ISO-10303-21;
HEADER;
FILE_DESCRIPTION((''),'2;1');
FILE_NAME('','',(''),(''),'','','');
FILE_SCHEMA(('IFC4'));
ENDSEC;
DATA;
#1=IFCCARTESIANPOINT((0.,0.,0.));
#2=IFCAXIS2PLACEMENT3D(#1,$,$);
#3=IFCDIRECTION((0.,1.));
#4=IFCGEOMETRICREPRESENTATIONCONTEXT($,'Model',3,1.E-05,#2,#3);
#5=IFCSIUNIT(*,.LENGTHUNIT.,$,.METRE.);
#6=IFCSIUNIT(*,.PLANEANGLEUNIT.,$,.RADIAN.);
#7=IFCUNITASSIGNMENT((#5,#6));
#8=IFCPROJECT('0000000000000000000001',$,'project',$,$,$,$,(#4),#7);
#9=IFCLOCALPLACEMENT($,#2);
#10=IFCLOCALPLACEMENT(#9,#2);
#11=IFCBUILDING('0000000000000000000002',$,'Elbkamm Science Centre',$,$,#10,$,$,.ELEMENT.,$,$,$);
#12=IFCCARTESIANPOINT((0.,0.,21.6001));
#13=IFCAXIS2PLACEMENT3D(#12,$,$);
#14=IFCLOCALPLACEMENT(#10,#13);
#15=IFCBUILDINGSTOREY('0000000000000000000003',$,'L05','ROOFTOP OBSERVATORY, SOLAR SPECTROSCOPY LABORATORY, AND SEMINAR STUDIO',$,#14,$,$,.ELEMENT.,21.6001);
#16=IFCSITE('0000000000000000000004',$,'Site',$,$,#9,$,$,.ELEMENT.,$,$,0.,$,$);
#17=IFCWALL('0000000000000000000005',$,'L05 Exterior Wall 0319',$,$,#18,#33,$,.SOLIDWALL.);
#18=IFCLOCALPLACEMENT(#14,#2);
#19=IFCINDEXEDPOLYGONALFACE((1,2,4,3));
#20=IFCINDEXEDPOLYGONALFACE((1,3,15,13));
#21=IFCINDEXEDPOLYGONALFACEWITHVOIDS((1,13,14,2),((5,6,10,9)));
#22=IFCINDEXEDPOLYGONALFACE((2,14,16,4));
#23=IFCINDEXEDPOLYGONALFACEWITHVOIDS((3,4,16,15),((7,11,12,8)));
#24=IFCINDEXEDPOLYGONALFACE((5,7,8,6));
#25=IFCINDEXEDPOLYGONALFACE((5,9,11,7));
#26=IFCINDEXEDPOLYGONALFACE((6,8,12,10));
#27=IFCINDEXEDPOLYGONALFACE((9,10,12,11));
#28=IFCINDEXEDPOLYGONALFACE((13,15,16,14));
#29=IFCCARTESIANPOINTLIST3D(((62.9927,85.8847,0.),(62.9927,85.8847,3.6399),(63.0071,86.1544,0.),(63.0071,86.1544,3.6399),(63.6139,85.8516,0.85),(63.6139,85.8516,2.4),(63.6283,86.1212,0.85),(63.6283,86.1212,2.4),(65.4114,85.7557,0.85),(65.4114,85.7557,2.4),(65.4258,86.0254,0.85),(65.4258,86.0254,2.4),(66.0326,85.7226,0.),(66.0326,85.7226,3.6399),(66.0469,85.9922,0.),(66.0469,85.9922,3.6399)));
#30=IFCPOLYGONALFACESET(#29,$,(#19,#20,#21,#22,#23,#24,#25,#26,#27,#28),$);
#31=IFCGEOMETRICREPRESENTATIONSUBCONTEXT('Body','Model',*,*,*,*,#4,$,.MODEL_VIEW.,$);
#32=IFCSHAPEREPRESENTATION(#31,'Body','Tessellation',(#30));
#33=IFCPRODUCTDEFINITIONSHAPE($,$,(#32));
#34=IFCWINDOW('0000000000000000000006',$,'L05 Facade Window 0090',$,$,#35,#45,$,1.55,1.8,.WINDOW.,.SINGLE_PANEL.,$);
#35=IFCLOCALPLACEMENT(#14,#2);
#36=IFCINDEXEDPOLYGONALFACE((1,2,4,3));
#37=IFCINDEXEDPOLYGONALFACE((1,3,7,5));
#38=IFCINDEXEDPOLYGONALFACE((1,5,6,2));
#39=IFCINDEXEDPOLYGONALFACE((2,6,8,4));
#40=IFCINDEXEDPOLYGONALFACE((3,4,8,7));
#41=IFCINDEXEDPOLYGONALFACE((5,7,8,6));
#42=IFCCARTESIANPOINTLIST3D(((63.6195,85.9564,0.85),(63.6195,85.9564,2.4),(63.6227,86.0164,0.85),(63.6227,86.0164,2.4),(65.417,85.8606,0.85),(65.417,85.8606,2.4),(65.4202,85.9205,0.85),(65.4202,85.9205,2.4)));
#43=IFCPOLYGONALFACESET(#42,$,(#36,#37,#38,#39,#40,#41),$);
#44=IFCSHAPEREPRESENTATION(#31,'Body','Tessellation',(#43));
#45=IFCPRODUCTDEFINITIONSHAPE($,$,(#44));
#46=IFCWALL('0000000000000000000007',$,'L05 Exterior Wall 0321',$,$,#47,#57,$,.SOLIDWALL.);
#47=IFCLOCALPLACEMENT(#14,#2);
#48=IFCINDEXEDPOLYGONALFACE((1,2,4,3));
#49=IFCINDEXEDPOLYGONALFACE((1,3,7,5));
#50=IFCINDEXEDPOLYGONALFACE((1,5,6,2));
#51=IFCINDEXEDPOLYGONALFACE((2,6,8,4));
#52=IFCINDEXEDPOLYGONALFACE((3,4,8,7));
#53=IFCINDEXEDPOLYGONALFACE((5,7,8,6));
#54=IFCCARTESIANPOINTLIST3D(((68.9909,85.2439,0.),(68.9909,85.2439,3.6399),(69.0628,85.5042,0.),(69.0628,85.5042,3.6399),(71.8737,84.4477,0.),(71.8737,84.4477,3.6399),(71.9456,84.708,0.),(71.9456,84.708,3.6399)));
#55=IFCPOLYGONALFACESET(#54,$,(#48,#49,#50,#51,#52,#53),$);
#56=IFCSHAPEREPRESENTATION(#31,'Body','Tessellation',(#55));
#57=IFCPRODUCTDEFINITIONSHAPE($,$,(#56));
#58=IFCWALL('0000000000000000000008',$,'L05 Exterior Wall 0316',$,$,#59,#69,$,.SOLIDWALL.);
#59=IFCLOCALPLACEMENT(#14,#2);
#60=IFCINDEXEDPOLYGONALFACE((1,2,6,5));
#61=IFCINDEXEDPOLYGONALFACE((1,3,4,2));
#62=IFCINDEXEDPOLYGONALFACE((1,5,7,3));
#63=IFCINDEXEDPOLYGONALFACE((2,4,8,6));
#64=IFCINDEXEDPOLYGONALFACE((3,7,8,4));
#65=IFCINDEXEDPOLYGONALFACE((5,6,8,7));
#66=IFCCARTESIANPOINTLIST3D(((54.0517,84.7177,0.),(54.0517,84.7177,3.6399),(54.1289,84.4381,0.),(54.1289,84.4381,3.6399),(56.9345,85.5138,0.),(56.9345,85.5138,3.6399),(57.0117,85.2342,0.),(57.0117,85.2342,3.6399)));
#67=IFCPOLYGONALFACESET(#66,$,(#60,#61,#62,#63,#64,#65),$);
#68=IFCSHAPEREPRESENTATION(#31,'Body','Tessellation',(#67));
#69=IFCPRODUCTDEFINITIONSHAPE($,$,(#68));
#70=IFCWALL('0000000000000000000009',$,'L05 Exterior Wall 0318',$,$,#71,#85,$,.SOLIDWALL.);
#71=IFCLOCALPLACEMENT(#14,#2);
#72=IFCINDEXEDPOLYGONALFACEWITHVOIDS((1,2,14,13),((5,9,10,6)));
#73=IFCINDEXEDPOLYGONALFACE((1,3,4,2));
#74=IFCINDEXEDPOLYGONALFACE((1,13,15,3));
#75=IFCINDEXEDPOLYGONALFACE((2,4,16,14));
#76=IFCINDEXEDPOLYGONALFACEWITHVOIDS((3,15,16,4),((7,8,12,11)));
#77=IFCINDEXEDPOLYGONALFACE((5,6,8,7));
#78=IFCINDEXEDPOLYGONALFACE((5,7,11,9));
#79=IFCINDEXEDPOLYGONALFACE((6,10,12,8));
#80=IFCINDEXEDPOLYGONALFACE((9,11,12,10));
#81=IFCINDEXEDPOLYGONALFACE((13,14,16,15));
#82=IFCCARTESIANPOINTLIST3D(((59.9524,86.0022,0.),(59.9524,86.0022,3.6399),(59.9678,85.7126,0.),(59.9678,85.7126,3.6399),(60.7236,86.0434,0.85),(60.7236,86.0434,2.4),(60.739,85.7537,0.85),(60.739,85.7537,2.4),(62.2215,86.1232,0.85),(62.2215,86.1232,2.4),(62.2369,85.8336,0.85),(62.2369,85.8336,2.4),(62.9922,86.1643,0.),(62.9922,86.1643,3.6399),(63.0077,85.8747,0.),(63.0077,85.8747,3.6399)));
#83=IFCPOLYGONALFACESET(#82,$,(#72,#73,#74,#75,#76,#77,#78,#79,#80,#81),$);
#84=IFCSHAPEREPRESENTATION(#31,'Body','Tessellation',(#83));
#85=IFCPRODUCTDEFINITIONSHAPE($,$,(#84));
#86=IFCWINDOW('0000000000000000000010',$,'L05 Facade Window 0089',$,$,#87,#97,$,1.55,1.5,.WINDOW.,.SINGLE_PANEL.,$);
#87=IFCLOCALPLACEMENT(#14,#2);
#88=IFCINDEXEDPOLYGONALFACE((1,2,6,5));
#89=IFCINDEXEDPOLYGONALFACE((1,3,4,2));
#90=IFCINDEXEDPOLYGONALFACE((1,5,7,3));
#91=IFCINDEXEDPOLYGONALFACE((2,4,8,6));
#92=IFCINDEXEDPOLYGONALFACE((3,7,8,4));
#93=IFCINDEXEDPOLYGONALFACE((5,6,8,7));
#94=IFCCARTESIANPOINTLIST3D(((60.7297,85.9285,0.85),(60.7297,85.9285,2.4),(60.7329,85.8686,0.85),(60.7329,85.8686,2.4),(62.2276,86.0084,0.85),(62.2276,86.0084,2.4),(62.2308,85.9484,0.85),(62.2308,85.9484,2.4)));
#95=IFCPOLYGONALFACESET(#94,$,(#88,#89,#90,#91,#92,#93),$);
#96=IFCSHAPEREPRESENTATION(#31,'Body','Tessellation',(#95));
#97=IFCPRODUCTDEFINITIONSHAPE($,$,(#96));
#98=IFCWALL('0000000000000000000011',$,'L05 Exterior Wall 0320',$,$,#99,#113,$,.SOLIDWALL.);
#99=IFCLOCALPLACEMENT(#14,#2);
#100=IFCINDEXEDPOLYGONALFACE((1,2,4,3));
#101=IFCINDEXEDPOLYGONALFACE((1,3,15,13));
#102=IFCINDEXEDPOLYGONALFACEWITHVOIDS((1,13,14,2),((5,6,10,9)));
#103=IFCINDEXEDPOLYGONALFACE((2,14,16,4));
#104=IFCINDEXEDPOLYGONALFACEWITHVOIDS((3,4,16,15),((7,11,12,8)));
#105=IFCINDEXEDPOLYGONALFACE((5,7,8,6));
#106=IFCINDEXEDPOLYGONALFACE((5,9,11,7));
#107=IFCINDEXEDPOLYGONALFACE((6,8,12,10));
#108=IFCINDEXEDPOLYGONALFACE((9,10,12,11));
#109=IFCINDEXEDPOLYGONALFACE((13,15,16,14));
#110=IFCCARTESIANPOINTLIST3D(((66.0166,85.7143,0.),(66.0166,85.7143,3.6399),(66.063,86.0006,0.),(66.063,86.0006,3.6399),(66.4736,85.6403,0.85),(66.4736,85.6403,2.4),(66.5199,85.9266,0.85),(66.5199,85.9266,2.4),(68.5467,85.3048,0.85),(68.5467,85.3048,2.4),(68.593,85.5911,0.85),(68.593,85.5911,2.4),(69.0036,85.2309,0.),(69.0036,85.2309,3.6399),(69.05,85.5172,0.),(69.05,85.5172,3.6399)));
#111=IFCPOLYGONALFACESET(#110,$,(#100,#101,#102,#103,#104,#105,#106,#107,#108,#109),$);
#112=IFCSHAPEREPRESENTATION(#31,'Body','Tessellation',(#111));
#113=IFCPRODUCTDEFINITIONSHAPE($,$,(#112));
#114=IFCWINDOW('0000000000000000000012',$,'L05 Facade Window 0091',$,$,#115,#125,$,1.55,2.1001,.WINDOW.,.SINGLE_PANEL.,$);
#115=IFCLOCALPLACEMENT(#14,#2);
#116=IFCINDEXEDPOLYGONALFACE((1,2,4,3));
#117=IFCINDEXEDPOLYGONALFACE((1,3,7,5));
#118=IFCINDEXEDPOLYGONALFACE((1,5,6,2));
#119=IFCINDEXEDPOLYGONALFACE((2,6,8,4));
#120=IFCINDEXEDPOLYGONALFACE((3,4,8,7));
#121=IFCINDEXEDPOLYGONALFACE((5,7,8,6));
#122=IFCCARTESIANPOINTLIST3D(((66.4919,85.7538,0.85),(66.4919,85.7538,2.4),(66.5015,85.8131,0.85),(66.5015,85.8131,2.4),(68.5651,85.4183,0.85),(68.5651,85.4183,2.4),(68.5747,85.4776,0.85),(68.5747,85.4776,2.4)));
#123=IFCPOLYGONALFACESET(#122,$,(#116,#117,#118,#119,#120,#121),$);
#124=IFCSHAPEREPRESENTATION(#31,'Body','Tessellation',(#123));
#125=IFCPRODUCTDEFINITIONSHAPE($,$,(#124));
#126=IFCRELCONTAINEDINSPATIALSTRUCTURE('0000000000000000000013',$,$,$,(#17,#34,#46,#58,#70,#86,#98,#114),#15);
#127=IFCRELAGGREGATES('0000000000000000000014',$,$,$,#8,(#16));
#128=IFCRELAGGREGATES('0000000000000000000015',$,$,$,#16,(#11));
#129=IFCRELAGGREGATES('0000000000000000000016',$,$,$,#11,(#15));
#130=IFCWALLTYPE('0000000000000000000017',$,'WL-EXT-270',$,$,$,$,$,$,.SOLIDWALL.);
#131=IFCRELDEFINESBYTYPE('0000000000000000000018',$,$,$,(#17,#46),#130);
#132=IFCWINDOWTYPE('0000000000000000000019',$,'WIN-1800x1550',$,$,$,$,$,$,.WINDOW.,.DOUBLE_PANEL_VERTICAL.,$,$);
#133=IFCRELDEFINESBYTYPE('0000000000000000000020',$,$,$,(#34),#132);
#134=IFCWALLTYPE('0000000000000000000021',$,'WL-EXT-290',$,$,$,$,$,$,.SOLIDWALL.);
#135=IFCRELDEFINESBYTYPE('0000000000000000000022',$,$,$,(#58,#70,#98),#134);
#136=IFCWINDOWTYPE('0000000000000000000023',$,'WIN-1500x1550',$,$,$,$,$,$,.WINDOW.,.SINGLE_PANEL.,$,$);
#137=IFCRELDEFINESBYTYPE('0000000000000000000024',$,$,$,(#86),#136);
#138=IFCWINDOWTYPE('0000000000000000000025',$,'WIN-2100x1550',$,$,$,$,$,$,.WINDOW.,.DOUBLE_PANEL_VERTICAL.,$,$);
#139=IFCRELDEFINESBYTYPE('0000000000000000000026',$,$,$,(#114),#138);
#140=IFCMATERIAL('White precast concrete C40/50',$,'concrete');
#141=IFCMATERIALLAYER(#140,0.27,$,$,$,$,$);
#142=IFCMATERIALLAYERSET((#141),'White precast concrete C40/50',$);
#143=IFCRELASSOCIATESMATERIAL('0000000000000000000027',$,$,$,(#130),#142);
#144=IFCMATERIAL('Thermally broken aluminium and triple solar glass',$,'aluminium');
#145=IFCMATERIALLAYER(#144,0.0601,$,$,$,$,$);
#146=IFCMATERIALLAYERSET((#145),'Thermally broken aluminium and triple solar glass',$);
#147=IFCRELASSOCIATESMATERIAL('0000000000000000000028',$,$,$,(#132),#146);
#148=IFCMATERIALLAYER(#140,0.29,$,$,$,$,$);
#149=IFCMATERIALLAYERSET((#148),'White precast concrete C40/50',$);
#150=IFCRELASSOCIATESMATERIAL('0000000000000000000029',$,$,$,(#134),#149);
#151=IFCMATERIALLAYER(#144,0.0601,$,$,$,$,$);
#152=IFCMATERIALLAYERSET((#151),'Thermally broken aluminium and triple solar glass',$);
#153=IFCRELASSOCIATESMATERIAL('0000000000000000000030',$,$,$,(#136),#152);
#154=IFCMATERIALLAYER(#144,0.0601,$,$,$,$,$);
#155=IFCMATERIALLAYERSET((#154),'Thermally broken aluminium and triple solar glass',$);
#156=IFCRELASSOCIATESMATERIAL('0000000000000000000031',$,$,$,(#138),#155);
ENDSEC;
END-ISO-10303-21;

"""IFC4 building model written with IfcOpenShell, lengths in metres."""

from ifc_helpers import new_model, si_unit, direction, frame, frame_2d, origin, place, context, subcontext, project, spatial, rectangle, extrude, material, layer, layer_set, type_object, element, fill, save


model = new_model("IFC4")

# Units and contexts
model_context = context("Model", 3, precision=1e-05, world=origin(), true_north=direction((0.0, 1.0)))
body_context = subcontext(model_context, "Body", "Model", "MODEL_VIEW")
ifc_project = project(units=[si_unit("LENGTHUNIT", "METRE"), si_unit("PLANEANGLEUNIT", "RADIAN")], contexts=[model_context])

# Site, building, storey
site_placement = place(None, origin())
site = spatial("IfcSite", under=ifc_project, at=site_placement, Name="Site", CompositionType="ELEMENT", RefElevation=0.0)
building_placement = place(site_placement, origin())
building = spatial("IfcBuilding", under=site, at=building_placement, Name="Elbkamm Science Centre", CompositionType="ELEMENT")
storey_placement = place(building_placement, frame((0.0, 0.0, 21.6001)))
storey = spatial("IfcBuildingStorey", under=building, at=storey_placement, Name="L05", Description="ROOFTOP OBSERVATORY, SOLAR SPECTROSCOPY LABORATORY, AND SEMINAR STUDIO", CompositionType="ELEMENT", Elevation=21.6001)

# Shared definitions
ifc_material_1 = material(Name="White precast concrete C40/50", Category="concrete")
ifc_layer_1 = layer(ifc_material_1, 0.27)
ifc_layer_set_1 = layer_set([ifc_layer_1], Name="White precast concrete C40/50")
wall_type_1 = type_object("IfcWallType", Name="WL-EXT-270", PredefinedType="SOLIDWALL", material=ifc_layer_set_1)

# Wall, opening, window
ifc_material_2 = material(Name="Thermally broken aluminium and triple solar glass", Category="aluminium")
wall_1_placement = place(storey_placement, frame((63.0, 86.0195, 0.0), z_axis=(0.0, 0.0, 1.0), x_axis=(0.998581, -0.053253, 0.0)))
wall_1 = element("IfcWall", 1, at=wall_1_placement, inside=storey, type_object=wall_type_1, Name="L05 Exterior Wall 0319", PredefinedType="SOLIDWALL", context=body_context, shape_type="SweptSolid", body=[
    extrude(rectangle(XDim=3.0442, YDim=0.27, at=frame_2d((1.522, 0.0))), origin(), (0.0, 0.0, 1.0), 3.6399),
])
opening_1_placement = place(wall_1_placement, frame((0.6221, 0.0, 0.8501)))
opening_1 = element("IfcOpeningElement", 2, at=opening_1_placement, cuts=wall_1, PredefinedType="OPENING", context=body_context, shape_type="SweptSolid", body=[
    extrude(rectangle(XDim=1.8, YDim=1.55, at=frame_2d((0.8999, 0.7749))), frame((0.0, 0.147, 0.0), z_axis=(0.0, -1.0, 0.0), x_axis=(1.0, 0.0, 0.0)), (0.0, 0.0, 1.0), 0.2939),
])
ifc_layer_2 = layer(ifc_material_2, 0.0601)
ifc_layer_set_2 = layer_set([ifc_layer_2], Name="Thermally broken aluminium and triple solar glass")
window_type_1 = type_object("IfcWindowType", Name="WIN-1800x1550", PartitioningType="DOUBLE_PANEL_VERTICAL", PredefinedType="WINDOW", material=ifc_layer_set_2)
window_1_placement = place(opening_1_placement, origin())
window_1 = element("IfcWindow", 3, at=window_1_placement, inside=storey, type_object=window_type_1, Name="L05 Facade Window 0090", OverallHeight=1.55, OverallWidth=1.8, PartitioningType="SINGLE_PANEL", PredefinedType="WINDOW", context=body_context, shape_type="SweptSolid", body=[
    extrude(rectangle(XDim=1.8, YDim=1.55, at=frame_2d((0.8999, 0.7749))), frame((0.0, 0.03, 0.0), z_axis=(0.0, -1.0, 0.0), x_axis=(1.0, 0.0, 0.0)), (0.0, 0.0, 1.0), 0.0601),
])
fill(opening_1, window_1)

# Walls
wall_2_placement = place(storey_placement, frame((69.0269, 85.374, 0.0), z_axis=(0.0, 0.0, 1.0), x_axis=(0.963917, -0.266204, 0.0)))
element("IfcWall", 4, at=wall_2_placement, inside=storey, type_object=wall_type_1, Name="L05 Exterior Wall 0321", PredefinedType="SOLIDWALL", context=body_context, shape_type="SweptSolid", body=[
    extrude(rectangle(XDim=2.9907, YDim=0.27, at=frame_2d((1.4954, 0.0))), origin(), (0.0, 0.0, 1.0), 3.6399),
])
ifc_layer_3 = layer(ifc_material_1, 0.29)
ifc_layer_set_3 = layer_set([ifc_layer_3], Name="White precast concrete C40/50")
wall_type_2 = type_object("IfcWallType", Name="WL-EXT-290", PredefinedType="SOLIDWALL", material=ifc_layer_set_3)
wall_3_placement = place(storey_placement, frame((54.0903, 84.5779, 0.0), z_axis=(0.0, 0.0, 1.0), x_axis=(0.963917, 0.266204, 0.0)))
element("IfcWall", 5, at=wall_3_placement, inside=storey, type_object=wall_type_2, Name="L05 Exterior Wall 0316", PredefinedType="SOLIDWALL", context=body_context, shape_type="SweptSolid", body=[
    extrude(rectangle(XDim=2.9907, YDim=0.29, at=frame_2d((1.4954, 0.0))), origin(), (0.0, 0.0, 1.0), 3.6399),
])

# Walls, openings, windows
wall_4_placement = place(storey_placement, frame((59.9602, 85.8574, 0.0), z_axis=(0.0, 0.0, 1.0), x_axis=(0.998581, 0.053253, 0.0)))
wall_4 = element("IfcWall", 6, at=wall_4_placement, inside=storey, type_object=wall_type_2, Name="L05 Exterior Wall 0318", PredefinedType="SOLIDWALL", context=body_context, shape_type="SweptSolid", body=[
    extrude(rectangle(XDim=3.0442, YDim=0.29, at=frame_2d((1.522, 0.0))), origin(), (0.0, 0.0, 1.0), 3.6399),
])
opening_2_placement = place(wall_4_placement, frame((0.7722, 0.0, 0.8501)))
opening_2 = element("IfcOpeningElement", 7, at=opening_2_placement, cuts=wall_4, PredefinedType="OPENING", context=body_context, shape_type="SweptSolid", body=[
    extrude(rectangle(XDim=1.5, YDim=1.55, at=frame_2d((0.75, 0.7749))), frame((0.0, 0.157, 0.0), z_axis=(0.0, -1.0, 0.0), x_axis=(1.0, 0.0, 0.0)), (0.0, 0.0, 1.0), 0.314),
])
ifc_layer_4 = layer(ifc_material_2, 0.0601)
ifc_layer_set_4 = layer_set([ifc_layer_4], Name="Thermally broken aluminium and triple solar glass")
window_type_2 = type_object("IfcWindowType", Name="WIN-1500x1550", PartitioningType="SINGLE_PANEL", PredefinedType="WINDOW", material=ifc_layer_set_4)
window_2_placement = place(opening_2_placement, origin())
window_2 = element("IfcWindow", 8, at=window_2_placement, inside=storey, type_object=window_type_2, Name="L05 Facade Window 0089", OverallHeight=1.55, OverallWidth=1.5, PartitioningType="SINGLE_PANEL", PredefinedType="WINDOW", context=body_context, shape_type="SweptSolid", body=[
    extrude(rectangle(XDim=1.5, YDim=1.55, at=frame_2d((0.75, 0.7749))), frame((0.0, 0.03, 0.0), z_axis=(0.0, -1.0, 0.0), x_axis=(1.0, 0.0, 0.0)), (0.0, 0.0, 1.0), 0.0601),
])
fill(opening_2, window_2)
wall_5_placement = place(storey_placement, frame((66.0398, 85.8574, 0.0), z_axis=(0.0, 0.0, 1.0), x_axis=(0.987157, -0.159752, 0.0)))
wall_5 = element("IfcWall", 9, at=wall_5_placement, inside=storey, type_object=wall_type_2, Name="L05 Exterior Wall 0320", PredefinedType="SOLIDWALL", context=body_context, shape_type="SweptSolid", body=[
    extrude(rectangle(XDim=3.0259, YDim=0.29, at=frame_2d((1.5129, 0.0))), origin(), (0.0, 0.0, 1.0), 3.6399),
])
opening_3_placement = place(wall_5_placement, frame((0.4629, 0.0, 0.8501)))
opening_3 = element("IfcOpeningElement", 10, at=opening_3_placement, cuts=wall_5, PredefinedType="OPENING", context=body_context, shape_type="SweptSolid", body=[
    extrude(rectangle(XDim=2.1001, YDim=1.55, at=frame_2d((1.05, 0.7749))), frame((0.0, 0.157, 0.0), z_axis=(0.0, -1.0, 0.0), x_axis=(1.0, 0.0, 0.0)), (0.0, 0.0, 1.0), 0.314),
])
ifc_layer_5 = layer(ifc_material_2, 0.0601)
ifc_layer_set_5 = layer_set([ifc_layer_5], Name="Thermally broken aluminium and triple solar glass")
window_type_3 = type_object("IfcWindowType", Name="WIN-2100x1550", PartitioningType="DOUBLE_PANEL_VERTICAL", PredefinedType="WINDOW", material=ifc_layer_set_5)
window_3_placement = place(opening_3_placement, origin())
window_3 = element("IfcWindow", 11, at=window_3_placement, inside=storey, type_object=window_type_3, Name="L05 Facade Window 0091", OverallHeight=1.55, OverallWidth=2.1001, PartitioningType="SINGLE_PANEL", PredefinedType="WINDOW", context=body_context, shape_type="SweptSolid", body=[
    extrude(rectangle(XDim=2.1001, YDim=1.55, at=frame_2d((1.05, 0.7749))), frame((0.0, 0.03, 0.0), z_axis=(0.0, -1.0, 0.0), x_axis=(1.0, 0.0, 0.0)), (0.0, 0.0, 1.0), 0.0601),
])
fill(opening_3, window_3)

save(model, "model.ifc")
